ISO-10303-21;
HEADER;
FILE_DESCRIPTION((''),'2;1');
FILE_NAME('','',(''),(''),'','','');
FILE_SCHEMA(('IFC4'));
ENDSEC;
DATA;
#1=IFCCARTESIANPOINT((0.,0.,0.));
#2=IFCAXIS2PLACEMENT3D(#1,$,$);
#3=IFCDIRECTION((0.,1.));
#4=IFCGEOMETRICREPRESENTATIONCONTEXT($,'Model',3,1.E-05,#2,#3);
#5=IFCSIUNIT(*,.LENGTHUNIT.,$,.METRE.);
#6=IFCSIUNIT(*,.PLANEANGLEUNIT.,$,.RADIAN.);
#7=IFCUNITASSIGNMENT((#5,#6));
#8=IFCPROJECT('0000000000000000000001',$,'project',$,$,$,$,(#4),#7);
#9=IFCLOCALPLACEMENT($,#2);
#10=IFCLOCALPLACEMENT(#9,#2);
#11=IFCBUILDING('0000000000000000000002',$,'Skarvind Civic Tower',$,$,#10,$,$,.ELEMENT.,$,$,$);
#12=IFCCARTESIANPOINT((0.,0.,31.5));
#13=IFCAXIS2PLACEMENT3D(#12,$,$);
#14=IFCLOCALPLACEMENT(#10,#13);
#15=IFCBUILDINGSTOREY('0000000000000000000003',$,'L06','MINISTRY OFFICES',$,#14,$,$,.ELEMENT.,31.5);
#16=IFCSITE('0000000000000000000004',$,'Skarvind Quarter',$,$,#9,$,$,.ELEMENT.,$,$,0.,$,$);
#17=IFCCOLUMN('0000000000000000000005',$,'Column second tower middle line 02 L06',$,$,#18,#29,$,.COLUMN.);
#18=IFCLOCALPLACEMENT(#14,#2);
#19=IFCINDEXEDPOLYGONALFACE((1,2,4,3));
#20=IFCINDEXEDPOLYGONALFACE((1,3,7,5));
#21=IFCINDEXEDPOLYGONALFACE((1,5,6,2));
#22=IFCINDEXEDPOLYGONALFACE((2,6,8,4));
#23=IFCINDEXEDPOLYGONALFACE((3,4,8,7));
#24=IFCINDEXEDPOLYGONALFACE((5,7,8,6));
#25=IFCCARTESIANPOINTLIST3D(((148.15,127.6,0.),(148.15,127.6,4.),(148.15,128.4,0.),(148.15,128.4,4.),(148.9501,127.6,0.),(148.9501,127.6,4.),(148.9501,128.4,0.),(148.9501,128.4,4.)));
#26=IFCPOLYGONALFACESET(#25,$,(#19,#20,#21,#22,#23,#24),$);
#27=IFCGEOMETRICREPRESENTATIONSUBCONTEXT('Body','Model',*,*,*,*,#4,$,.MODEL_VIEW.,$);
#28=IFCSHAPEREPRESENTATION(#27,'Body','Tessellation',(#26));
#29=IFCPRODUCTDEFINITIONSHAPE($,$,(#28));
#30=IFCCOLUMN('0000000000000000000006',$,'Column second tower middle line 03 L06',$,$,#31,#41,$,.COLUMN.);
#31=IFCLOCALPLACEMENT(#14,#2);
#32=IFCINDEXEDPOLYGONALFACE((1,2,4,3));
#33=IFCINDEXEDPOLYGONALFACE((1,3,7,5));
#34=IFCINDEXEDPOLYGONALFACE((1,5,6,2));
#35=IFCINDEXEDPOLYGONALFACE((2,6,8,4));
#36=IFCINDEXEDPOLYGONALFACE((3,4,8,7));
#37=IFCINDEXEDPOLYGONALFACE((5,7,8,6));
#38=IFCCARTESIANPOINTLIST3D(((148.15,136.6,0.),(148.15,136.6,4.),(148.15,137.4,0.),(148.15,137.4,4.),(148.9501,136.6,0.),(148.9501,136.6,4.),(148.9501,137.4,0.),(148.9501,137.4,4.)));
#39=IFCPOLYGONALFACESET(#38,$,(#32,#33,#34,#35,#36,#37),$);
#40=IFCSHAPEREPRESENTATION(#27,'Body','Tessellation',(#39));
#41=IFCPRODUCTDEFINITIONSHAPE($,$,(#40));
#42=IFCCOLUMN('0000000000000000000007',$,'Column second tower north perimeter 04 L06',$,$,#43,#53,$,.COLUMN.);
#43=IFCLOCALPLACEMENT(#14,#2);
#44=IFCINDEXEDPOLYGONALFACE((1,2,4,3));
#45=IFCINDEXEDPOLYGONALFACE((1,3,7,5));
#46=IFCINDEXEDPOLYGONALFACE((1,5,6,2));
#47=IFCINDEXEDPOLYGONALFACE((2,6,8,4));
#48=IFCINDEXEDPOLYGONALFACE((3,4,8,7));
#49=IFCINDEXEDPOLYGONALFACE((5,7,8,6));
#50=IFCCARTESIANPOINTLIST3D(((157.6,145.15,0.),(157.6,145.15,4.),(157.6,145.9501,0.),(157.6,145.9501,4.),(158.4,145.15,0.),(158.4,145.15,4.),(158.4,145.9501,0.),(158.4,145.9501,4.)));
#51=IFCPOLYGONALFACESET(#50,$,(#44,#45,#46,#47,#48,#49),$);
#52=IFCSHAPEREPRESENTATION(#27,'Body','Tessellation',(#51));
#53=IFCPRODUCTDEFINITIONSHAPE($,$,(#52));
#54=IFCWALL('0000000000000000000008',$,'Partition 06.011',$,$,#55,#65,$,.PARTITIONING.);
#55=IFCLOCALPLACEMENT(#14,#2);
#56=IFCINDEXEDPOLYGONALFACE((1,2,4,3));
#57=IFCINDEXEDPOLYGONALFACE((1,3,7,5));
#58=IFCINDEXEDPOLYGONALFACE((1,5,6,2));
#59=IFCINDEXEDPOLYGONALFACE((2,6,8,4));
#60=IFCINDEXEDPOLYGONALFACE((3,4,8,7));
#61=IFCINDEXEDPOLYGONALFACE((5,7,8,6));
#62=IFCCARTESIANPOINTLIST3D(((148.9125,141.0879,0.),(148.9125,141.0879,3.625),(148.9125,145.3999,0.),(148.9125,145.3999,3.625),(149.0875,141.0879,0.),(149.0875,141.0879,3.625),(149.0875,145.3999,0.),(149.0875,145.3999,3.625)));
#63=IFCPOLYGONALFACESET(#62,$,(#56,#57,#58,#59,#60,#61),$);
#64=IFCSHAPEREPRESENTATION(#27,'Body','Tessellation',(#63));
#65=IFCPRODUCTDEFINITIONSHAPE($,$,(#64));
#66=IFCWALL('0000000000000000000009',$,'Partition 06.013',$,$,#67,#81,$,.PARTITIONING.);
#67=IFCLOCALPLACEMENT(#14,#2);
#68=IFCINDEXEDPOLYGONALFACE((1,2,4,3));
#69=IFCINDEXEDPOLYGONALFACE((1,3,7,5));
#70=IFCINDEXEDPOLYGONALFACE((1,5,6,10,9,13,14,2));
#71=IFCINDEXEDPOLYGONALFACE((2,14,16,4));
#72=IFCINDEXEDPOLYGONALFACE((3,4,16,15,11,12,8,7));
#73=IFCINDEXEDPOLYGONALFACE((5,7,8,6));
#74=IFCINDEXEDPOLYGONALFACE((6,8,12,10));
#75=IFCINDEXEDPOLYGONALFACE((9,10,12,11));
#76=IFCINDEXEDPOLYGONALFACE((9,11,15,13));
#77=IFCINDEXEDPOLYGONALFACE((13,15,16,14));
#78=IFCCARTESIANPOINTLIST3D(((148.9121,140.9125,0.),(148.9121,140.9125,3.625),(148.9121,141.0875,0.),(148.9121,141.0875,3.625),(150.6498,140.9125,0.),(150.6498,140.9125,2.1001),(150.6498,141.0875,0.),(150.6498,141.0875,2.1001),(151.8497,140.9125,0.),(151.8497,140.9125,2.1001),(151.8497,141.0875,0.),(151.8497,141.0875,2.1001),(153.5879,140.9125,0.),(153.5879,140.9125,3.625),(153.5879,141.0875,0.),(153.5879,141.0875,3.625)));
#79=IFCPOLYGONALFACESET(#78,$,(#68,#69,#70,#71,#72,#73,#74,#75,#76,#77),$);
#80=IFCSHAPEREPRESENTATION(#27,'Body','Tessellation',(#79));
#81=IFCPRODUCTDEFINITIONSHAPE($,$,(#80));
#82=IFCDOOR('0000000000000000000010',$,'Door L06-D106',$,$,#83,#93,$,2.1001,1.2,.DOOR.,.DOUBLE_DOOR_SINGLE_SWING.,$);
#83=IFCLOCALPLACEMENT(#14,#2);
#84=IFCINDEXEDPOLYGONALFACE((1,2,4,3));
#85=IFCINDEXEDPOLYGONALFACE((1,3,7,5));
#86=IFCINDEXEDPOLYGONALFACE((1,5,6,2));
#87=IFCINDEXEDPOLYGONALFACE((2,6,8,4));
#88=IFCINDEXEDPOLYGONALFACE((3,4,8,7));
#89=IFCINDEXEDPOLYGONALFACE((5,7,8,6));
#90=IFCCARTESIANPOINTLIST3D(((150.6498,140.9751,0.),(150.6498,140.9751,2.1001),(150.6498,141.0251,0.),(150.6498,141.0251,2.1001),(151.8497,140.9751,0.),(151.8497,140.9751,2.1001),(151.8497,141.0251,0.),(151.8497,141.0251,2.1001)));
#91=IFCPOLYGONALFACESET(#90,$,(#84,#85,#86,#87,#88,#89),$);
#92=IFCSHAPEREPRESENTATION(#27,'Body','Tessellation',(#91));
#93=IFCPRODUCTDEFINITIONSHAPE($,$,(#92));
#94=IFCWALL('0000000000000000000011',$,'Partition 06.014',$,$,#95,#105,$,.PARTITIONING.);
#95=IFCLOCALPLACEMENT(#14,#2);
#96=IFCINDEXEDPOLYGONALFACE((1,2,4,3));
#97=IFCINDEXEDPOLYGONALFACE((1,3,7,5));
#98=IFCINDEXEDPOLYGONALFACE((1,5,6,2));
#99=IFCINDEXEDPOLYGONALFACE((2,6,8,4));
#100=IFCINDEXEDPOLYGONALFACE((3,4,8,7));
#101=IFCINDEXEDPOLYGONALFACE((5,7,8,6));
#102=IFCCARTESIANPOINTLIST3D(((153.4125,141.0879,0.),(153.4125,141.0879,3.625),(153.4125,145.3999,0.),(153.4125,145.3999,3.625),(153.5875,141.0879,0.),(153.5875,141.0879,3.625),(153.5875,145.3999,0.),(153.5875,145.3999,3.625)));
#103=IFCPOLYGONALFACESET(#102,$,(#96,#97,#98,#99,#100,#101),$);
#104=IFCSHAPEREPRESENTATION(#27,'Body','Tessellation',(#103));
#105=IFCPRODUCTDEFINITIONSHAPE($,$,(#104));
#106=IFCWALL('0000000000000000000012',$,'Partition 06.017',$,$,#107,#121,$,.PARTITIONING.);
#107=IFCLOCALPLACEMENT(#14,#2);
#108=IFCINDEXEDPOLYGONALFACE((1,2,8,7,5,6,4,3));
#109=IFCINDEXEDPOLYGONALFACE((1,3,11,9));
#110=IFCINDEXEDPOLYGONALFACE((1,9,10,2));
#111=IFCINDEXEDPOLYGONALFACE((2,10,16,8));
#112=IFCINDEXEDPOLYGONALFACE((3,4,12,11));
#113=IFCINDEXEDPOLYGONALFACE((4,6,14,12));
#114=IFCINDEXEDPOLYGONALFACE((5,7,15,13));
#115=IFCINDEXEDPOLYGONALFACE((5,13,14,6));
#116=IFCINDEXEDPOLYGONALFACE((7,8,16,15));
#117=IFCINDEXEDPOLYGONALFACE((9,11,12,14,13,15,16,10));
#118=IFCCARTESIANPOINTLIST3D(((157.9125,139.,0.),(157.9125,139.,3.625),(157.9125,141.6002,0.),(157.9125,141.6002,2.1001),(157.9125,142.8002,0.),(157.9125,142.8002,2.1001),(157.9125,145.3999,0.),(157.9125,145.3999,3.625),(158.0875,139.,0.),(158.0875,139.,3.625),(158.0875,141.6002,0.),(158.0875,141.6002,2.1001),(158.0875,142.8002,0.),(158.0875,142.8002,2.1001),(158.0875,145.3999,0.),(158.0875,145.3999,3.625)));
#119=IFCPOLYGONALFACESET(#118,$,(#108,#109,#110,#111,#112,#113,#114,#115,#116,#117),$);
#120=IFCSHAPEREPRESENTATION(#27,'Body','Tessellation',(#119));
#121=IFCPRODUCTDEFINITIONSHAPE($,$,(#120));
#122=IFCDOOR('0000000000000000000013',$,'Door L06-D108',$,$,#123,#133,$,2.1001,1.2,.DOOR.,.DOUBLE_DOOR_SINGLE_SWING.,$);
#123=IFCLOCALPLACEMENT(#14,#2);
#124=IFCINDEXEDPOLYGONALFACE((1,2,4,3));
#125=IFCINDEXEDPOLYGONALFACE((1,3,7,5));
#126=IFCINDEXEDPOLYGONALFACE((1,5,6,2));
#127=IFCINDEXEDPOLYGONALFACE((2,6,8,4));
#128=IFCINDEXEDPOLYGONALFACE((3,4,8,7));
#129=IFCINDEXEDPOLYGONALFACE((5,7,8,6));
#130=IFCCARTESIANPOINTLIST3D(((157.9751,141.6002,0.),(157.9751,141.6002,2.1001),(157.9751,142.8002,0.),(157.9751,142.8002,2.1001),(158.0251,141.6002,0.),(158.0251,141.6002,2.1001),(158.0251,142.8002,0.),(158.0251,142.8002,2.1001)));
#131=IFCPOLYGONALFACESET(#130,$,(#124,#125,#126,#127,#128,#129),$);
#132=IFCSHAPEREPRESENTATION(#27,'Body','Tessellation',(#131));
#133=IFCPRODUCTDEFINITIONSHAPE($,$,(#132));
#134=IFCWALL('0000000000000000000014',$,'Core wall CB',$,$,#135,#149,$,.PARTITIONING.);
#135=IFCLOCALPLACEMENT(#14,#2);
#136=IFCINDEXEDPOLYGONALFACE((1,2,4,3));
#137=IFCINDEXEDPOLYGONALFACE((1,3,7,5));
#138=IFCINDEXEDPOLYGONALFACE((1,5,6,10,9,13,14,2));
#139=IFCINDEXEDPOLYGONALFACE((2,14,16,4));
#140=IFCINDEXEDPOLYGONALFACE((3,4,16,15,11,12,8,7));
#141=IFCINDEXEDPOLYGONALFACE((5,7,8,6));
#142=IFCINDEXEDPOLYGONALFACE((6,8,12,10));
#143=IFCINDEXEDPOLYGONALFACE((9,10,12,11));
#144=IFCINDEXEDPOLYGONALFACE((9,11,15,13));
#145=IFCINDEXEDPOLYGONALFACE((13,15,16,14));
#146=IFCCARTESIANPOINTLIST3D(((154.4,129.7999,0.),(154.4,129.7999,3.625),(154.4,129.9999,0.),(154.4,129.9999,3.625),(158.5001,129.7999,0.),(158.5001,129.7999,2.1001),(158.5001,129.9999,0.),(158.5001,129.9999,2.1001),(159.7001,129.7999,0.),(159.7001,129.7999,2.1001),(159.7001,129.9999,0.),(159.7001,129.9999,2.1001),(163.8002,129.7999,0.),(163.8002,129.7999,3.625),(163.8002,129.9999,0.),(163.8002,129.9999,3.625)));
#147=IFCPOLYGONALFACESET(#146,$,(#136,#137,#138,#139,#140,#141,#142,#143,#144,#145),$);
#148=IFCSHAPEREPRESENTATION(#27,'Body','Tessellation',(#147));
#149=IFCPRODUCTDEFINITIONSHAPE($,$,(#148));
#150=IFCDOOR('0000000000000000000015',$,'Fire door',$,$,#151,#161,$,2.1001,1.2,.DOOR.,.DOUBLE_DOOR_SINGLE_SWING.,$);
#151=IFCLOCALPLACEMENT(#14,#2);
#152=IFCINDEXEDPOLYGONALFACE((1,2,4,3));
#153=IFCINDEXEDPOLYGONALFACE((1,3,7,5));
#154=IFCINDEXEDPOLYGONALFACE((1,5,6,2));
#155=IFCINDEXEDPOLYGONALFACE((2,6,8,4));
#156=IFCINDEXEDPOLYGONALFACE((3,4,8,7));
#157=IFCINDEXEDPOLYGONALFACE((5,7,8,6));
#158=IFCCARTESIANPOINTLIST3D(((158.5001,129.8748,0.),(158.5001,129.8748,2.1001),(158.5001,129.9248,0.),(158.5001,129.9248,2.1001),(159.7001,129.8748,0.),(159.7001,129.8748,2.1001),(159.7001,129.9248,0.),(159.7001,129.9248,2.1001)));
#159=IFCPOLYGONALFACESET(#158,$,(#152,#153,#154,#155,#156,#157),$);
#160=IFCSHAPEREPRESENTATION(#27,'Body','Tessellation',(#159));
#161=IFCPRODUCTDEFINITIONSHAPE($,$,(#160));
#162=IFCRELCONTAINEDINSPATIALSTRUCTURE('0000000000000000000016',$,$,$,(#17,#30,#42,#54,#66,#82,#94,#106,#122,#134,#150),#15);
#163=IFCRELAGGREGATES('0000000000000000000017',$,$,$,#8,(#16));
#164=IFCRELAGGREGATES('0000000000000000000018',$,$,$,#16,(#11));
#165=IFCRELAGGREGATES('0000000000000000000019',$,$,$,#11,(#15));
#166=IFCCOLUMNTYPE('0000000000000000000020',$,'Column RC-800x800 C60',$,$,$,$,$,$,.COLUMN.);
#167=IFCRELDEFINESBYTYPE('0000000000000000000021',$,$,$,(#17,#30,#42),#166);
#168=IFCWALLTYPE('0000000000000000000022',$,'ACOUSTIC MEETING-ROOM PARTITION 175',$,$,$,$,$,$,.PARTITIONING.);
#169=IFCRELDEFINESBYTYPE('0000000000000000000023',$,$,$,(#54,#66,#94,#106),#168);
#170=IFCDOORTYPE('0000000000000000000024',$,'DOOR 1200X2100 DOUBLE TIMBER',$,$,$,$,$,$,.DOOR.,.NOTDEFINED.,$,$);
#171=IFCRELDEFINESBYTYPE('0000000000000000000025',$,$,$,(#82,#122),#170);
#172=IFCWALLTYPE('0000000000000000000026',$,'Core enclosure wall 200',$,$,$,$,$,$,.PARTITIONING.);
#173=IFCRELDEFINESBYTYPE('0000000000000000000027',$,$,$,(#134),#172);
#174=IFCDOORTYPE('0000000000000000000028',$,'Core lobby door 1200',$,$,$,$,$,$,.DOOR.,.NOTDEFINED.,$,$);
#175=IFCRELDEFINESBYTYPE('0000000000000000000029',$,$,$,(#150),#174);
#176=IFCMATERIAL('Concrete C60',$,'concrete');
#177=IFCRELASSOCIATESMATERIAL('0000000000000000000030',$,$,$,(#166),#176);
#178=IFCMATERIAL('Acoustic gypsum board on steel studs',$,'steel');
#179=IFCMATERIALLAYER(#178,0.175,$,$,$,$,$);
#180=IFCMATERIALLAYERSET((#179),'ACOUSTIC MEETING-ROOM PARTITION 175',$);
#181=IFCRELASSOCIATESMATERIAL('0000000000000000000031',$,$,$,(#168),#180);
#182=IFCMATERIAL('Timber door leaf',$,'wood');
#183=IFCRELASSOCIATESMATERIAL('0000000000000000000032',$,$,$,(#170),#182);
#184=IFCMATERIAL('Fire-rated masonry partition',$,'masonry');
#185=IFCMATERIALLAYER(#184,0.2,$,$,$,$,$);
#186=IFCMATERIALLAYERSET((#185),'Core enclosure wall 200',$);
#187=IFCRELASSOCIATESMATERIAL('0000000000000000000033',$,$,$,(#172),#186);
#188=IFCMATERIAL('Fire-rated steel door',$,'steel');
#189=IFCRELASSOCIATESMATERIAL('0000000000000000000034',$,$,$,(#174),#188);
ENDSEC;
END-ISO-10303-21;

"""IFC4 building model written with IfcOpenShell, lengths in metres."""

from ifc_helpers import new_model, si_unit, direction, frame, frame_2d, origin, origin_2d, place, context, subcontext, project, spatial, rectangle, extrude, material, layer, layer_set, material_profile, profile_set, type_object, element, fill, save


model = new_model("IFC4")

# Units and contexts
model_context = context("Model", 3, precision=1e-05, world=origin(), true_north=direction((0.0, 1.0)))
body_context = subcontext(model_context, "Body", "Model", "MODEL_VIEW")
ifc_project = project(units=[si_unit("LENGTHUNIT", "METRE"), si_unit("PLANEANGLEUNIT", "RADIAN")], contexts=[model_context])

# Site, building, storey
site_placement = place(None, origin())
site = spatial("IfcSite", under=ifc_project, at=site_placement, Name="Skarvind Quarter", CompositionType="ELEMENT", RefElevation=0.0)
building_placement = place(site_placement, origin())
building = spatial("IfcBuilding", under=site, at=building_placement, Name="Skarvind Civic Tower", CompositionType="ELEMENT")
storey_placement = place(building_placement, frame((0.0, 0.0, 31.5)))
storey = spatial("IfcBuildingStorey", under=building, at=storey_placement, Name="L06", Description="MINISTRY OFFICES", CompositionType="ELEMENT", Elevation=31.5)

# Columns
ifc_material_1 = material(Name="Concrete C60", Category="concrete")
ifc_material_profile = material_profile(ifc_material_1, rectangle(XDim=0.8, YDim=0.8, at=origin_2d()), Name="RC-800x800")
ifc_profile_set = profile_set([ifc_material_profile], Name="Concrete C60")
column_type = type_object("IfcColumnType", Name="Column RC-800x800 C60", PredefinedType="COLUMN", material=ifc_profile_set)
for number, where, z_axis, x_axis, name in (
    (1, (148.55, 128.0, 0.0), (0.0, 0.0, 1.0), (1.0, 0.0, 0.0), "Column second tower middle line 02 L06"),
    (2, (148.55, 137.0, 0.0), (0.0, 0.0, 1.0), (1.0, 0.0, 0.0), "Column second tower middle line 03 L06"),
    (3, (158.0, 145.55, 0.0), (0.0, 0.0, 1.0), (1.0, 0.0, 0.0), "Column second tower north perimeter 04 L06"),
):
    element("IfcColumn", number, at=place(storey_placement, frame(where, z_axis=z_axis, x_axis=x_axis)), inside=storey, type_object=column_type, Name=name, PredefinedType="COLUMN", context=body_context, shape_type="SweptSolid", body=[
        extrude(rectangle(XDim=0.8, YDim=0.8, at=origin_2d()), origin(), (0.0, 0.0, 1.0), 4.0),
    ])

# Wall
ifc_material_2 = material(Name="Acoustic gypsum board on steel studs", Category="steel")
ifc_layer_1 = layer(ifc_material_2, 0.175)
ifc_layer_set_1 = layer_set([ifc_layer_1], Name="ACOUSTIC MEETING-ROOM PARTITION 175")
wall_type_1 = type_object("IfcWallType", Name="ACOUSTIC MEETING-ROOM PARTITION 175", PredefinedType="PARTITIONING", material=ifc_layer_set_1)
wall_1_placement = place(storey_placement, frame((149.0, 141.0879, 0.0), z_axis=(0.0, 0.0, 1.0), x_axis=(0.0, 1.0, 0.0)))
element("IfcWall", 4, at=wall_1_placement, inside=storey, type_object=wall_type_1, Name="Partition 06.011", PredefinedType="PARTITIONING", context=body_context, shape_type="SweptSolid", body=[
    extrude(rectangle(XDim=4.312, YDim=0.175, at=frame_2d((2.156, 0.0))), origin(), (0.0, 0.0, 1.0), 3.625),
])

# Wall, opening, door
wall_2_placement = place(storey_placement, frame((153.5879, 141.0, 0.0), z_axis=(0.0, 0.0, 1.0), x_axis=(-1.0, 0.0, 0.0)))
wall_2 = element("IfcWall", 5, at=wall_2_placement, inside=storey, type_object=wall_type_1, Name="Partition 06.013", PredefinedType="PARTITIONING", context=body_context, shape_type="SweptSolid", body=[
    extrude(rectangle(XDim=4.6758, YDim=0.175, at=frame_2d((2.3379, 0.0))), origin(), (0.0, 0.0, 1.0), 3.625),
])
opening_1_placement = place(wall_2_placement, frame((1.738, 0.0, 0.0)))
opening_1 = element("IfcOpeningElement", 6, at=opening_1_placement, cuts=wall_2, PredefinedType="OPENING", context=body_context, shape_type="SweptSolid", body=[
    extrude(rectangle(XDim=1.2, YDim=2.1001, at=frame_2d((0.6001, 1.05))), frame((0.0, 0.0974, 0.0), z_axis=(0.0, -1.0, 0.0), x_axis=(1.0, 0.0, 0.0)), (0.0, 0.0, 1.0), 0.1951),
])
ifc_material_3 = material(Name="Timber door leaf", Category="wood")
door_type_1 = type_object("IfcDoorType", Name="DOOR 1200X2100 DOUBLE TIMBER", OperationType="NOTDEFINED", PredefinedType="DOOR", material=ifc_material_3)
door_1_placement = place(opening_1_placement, origin())
door_1 = element("IfcDoor", 7, at=door_1_placement, inside=storey, type_object=door_type_1, Name="Door L06-D106", OperationType="DOUBLE_DOOR_SINGLE_SWING", OverallHeight=2.1001, OverallWidth=1.2, PredefinedType="DOOR", context=body_context, shape_type="SweptSolid", body=[
    extrude(rectangle(XDim=1.2, YDim=2.1001, at=frame_2d((0.6001, 1.05))), frame((0.0, 0.0249, 0.0), z_axis=(0.0, -1.0, 0.0), x_axis=(1.0, 0.0, 0.0)), (0.0, 0.0, 1.0), 0.05),
])
fill(opening_1, door_1)

# Wall
wall_3_placement = place(storey_placement, frame((153.5, 145.3999, 0.0), z_axis=(0.0, 0.0, 1.0), x_axis=(0.0, -1.0, 0.0)))
element("IfcWall", 8, at=wall_3_placement, inside=storey, type_object=wall_type_1, Name="Partition 06.014", PredefinedType="PARTITIONING", context=body_context, shape_type="SweptSolid", body=[
    extrude(rectangle(XDim=4.312, YDim=0.175, at=frame_2d((2.156, 0.0))), origin(), (0.0, 0.0, 1.0), 3.625),
])

# Walls, openings, doors
wall_4_placement = place(storey_placement, frame((158.0, 139.0, 0.0), z_axis=(0.0, 0.0, 1.0), x_axis=(0.0, 1.0, 0.0)))
wall_4 = element("IfcWall", 9, at=wall_4_placement, inside=storey, type_object=wall_type_1, Name="Partition 06.017", PredefinedType="PARTITIONING", context=body_context, shape_type="SweptSolid", body=[
    extrude(rectangle(XDim=6.3999, YDim=0.175, at=frame_2d((3.2, 0.0))), origin(), (0.0, 0.0, 1.0), 3.625),
])
opening_2_placement = place(wall_4_placement, frame((2.6001, 0.0, 0.0)))
opening_2 = element("IfcOpeningElement", 10, at=opening_2_placement, cuts=wall_4, PredefinedType="OPENING", context=body_context, shape_type="SweptSolid", body=[
    extrude(rectangle(XDim=1.2, YDim=2.1001, at=frame_2d((0.6001, 1.05))), frame((0.0, 0.0974, 0.0), z_axis=(0.0, -1.0, 0.0), x_axis=(1.0, 0.0, 0.0)), (0.0, 0.0, 1.0), 0.1951),
])
door_2_placement = place(opening_2_placement, origin())
door_2 = element("IfcDoor", 11, at=door_2_placement, inside=storey, type_object=door_type_1, Name="Door L06-D108", OperationType="DOUBLE_DOOR_SINGLE_SWING", OverallHeight=2.1001, OverallWidth=1.2, PredefinedType="DOOR", context=body_context, shape_type="SweptSolid", body=[
    extrude(rectangle(XDim=1.2, YDim=2.1001, at=frame_2d((0.6001, 1.05))), frame((0.0, 0.0249, 0.0), z_axis=(0.0, -1.0, 0.0), x_axis=(1.0, 0.0, 0.0)), (0.0, 0.0, 1.0), 0.05),
])
fill(opening_2, door_2)
ifc_material_4 = material(Name="Fire-rated masonry partition", Category="masonry")
ifc_layer_2 = layer(ifc_material_4, 0.2)
ifc_layer_set_2 = layer_set([ifc_layer_2], Name="Core enclosure wall 200")
wall_type_2 = type_object("IfcWallType", Name="Core enclosure wall 200", PredefinedType="PARTITIONING", material=ifc_layer_set_2)
wall_5_placement = place(storey_placement, frame((154.3999, 129.8999, 0.0), z_axis=(0.0, 0.0, 1.0), x_axis=(1.0, 0.0, 0.0)))
wall_5 = element("IfcWall", 12, at=wall_5_placement, inside=storey, type_object=wall_type_2, Name="Core wall CB", PredefinedType="PARTITIONING", context=body_context, shape_type="SweptSolid", body=[
    extrude(rectangle(XDim=9.4001, YDim=0.2, at=frame_2d((4.7002, 0.0))), origin(), (0.0, 0.0, 1.0), 3.625),
])
opening_3_placement = place(wall_5_placement, frame((4.1001, 0.0, 0.0)))
opening_3 = element("IfcOpeningElement", 13, at=opening_3_placement, cuts=wall_5, PredefinedType="OPENING", context=body_context, shape_type="SweptSolid", body=[
    extrude(rectangle(XDim=1.2, YDim=2.1001, at=frame_2d((0.6001, 1.05))), frame((0.0, 0.1099, 0.0), z_axis=(0.0, -1.0, 0.0), x_axis=(1.0, 0.0, 0.0)), (0.0, 0.0, 1.0), 0.22),
])
ifc_material_5 = material(Name="Fire-rated steel door", Category="steel")
door_type_2 = type_object("IfcDoorType", Name="Core lobby door 1200", OperationType="NOTDEFINED", PredefinedType="DOOR", material=ifc_material_5)
door_3_placement = place(opening_3_placement, origin())
door_3 = element("IfcDoor", 14, at=door_3_placement, inside=storey, type_object=door_type_2, Name="Fire door", OperationType="DOUBLE_DOOR_SINGLE_SWING", OverallHeight=2.1001, OverallWidth=1.2, PredefinedType="DOOR", context=body_context, shape_type="SweptSolid", body=[
    extrude(rectangle(XDim=1.2, YDim=2.1001, at=frame_2d((0.6001, 1.05))), frame((0.0, 0.0249, 0.0), z_axis=(0.0, -1.0, 0.0), x_axis=(1.0, 0.0, 0.0)), (0.0, 0.0, 1.0), 0.05),
])
fill(opening_3, door_3)

save(model, "model.ifc")
